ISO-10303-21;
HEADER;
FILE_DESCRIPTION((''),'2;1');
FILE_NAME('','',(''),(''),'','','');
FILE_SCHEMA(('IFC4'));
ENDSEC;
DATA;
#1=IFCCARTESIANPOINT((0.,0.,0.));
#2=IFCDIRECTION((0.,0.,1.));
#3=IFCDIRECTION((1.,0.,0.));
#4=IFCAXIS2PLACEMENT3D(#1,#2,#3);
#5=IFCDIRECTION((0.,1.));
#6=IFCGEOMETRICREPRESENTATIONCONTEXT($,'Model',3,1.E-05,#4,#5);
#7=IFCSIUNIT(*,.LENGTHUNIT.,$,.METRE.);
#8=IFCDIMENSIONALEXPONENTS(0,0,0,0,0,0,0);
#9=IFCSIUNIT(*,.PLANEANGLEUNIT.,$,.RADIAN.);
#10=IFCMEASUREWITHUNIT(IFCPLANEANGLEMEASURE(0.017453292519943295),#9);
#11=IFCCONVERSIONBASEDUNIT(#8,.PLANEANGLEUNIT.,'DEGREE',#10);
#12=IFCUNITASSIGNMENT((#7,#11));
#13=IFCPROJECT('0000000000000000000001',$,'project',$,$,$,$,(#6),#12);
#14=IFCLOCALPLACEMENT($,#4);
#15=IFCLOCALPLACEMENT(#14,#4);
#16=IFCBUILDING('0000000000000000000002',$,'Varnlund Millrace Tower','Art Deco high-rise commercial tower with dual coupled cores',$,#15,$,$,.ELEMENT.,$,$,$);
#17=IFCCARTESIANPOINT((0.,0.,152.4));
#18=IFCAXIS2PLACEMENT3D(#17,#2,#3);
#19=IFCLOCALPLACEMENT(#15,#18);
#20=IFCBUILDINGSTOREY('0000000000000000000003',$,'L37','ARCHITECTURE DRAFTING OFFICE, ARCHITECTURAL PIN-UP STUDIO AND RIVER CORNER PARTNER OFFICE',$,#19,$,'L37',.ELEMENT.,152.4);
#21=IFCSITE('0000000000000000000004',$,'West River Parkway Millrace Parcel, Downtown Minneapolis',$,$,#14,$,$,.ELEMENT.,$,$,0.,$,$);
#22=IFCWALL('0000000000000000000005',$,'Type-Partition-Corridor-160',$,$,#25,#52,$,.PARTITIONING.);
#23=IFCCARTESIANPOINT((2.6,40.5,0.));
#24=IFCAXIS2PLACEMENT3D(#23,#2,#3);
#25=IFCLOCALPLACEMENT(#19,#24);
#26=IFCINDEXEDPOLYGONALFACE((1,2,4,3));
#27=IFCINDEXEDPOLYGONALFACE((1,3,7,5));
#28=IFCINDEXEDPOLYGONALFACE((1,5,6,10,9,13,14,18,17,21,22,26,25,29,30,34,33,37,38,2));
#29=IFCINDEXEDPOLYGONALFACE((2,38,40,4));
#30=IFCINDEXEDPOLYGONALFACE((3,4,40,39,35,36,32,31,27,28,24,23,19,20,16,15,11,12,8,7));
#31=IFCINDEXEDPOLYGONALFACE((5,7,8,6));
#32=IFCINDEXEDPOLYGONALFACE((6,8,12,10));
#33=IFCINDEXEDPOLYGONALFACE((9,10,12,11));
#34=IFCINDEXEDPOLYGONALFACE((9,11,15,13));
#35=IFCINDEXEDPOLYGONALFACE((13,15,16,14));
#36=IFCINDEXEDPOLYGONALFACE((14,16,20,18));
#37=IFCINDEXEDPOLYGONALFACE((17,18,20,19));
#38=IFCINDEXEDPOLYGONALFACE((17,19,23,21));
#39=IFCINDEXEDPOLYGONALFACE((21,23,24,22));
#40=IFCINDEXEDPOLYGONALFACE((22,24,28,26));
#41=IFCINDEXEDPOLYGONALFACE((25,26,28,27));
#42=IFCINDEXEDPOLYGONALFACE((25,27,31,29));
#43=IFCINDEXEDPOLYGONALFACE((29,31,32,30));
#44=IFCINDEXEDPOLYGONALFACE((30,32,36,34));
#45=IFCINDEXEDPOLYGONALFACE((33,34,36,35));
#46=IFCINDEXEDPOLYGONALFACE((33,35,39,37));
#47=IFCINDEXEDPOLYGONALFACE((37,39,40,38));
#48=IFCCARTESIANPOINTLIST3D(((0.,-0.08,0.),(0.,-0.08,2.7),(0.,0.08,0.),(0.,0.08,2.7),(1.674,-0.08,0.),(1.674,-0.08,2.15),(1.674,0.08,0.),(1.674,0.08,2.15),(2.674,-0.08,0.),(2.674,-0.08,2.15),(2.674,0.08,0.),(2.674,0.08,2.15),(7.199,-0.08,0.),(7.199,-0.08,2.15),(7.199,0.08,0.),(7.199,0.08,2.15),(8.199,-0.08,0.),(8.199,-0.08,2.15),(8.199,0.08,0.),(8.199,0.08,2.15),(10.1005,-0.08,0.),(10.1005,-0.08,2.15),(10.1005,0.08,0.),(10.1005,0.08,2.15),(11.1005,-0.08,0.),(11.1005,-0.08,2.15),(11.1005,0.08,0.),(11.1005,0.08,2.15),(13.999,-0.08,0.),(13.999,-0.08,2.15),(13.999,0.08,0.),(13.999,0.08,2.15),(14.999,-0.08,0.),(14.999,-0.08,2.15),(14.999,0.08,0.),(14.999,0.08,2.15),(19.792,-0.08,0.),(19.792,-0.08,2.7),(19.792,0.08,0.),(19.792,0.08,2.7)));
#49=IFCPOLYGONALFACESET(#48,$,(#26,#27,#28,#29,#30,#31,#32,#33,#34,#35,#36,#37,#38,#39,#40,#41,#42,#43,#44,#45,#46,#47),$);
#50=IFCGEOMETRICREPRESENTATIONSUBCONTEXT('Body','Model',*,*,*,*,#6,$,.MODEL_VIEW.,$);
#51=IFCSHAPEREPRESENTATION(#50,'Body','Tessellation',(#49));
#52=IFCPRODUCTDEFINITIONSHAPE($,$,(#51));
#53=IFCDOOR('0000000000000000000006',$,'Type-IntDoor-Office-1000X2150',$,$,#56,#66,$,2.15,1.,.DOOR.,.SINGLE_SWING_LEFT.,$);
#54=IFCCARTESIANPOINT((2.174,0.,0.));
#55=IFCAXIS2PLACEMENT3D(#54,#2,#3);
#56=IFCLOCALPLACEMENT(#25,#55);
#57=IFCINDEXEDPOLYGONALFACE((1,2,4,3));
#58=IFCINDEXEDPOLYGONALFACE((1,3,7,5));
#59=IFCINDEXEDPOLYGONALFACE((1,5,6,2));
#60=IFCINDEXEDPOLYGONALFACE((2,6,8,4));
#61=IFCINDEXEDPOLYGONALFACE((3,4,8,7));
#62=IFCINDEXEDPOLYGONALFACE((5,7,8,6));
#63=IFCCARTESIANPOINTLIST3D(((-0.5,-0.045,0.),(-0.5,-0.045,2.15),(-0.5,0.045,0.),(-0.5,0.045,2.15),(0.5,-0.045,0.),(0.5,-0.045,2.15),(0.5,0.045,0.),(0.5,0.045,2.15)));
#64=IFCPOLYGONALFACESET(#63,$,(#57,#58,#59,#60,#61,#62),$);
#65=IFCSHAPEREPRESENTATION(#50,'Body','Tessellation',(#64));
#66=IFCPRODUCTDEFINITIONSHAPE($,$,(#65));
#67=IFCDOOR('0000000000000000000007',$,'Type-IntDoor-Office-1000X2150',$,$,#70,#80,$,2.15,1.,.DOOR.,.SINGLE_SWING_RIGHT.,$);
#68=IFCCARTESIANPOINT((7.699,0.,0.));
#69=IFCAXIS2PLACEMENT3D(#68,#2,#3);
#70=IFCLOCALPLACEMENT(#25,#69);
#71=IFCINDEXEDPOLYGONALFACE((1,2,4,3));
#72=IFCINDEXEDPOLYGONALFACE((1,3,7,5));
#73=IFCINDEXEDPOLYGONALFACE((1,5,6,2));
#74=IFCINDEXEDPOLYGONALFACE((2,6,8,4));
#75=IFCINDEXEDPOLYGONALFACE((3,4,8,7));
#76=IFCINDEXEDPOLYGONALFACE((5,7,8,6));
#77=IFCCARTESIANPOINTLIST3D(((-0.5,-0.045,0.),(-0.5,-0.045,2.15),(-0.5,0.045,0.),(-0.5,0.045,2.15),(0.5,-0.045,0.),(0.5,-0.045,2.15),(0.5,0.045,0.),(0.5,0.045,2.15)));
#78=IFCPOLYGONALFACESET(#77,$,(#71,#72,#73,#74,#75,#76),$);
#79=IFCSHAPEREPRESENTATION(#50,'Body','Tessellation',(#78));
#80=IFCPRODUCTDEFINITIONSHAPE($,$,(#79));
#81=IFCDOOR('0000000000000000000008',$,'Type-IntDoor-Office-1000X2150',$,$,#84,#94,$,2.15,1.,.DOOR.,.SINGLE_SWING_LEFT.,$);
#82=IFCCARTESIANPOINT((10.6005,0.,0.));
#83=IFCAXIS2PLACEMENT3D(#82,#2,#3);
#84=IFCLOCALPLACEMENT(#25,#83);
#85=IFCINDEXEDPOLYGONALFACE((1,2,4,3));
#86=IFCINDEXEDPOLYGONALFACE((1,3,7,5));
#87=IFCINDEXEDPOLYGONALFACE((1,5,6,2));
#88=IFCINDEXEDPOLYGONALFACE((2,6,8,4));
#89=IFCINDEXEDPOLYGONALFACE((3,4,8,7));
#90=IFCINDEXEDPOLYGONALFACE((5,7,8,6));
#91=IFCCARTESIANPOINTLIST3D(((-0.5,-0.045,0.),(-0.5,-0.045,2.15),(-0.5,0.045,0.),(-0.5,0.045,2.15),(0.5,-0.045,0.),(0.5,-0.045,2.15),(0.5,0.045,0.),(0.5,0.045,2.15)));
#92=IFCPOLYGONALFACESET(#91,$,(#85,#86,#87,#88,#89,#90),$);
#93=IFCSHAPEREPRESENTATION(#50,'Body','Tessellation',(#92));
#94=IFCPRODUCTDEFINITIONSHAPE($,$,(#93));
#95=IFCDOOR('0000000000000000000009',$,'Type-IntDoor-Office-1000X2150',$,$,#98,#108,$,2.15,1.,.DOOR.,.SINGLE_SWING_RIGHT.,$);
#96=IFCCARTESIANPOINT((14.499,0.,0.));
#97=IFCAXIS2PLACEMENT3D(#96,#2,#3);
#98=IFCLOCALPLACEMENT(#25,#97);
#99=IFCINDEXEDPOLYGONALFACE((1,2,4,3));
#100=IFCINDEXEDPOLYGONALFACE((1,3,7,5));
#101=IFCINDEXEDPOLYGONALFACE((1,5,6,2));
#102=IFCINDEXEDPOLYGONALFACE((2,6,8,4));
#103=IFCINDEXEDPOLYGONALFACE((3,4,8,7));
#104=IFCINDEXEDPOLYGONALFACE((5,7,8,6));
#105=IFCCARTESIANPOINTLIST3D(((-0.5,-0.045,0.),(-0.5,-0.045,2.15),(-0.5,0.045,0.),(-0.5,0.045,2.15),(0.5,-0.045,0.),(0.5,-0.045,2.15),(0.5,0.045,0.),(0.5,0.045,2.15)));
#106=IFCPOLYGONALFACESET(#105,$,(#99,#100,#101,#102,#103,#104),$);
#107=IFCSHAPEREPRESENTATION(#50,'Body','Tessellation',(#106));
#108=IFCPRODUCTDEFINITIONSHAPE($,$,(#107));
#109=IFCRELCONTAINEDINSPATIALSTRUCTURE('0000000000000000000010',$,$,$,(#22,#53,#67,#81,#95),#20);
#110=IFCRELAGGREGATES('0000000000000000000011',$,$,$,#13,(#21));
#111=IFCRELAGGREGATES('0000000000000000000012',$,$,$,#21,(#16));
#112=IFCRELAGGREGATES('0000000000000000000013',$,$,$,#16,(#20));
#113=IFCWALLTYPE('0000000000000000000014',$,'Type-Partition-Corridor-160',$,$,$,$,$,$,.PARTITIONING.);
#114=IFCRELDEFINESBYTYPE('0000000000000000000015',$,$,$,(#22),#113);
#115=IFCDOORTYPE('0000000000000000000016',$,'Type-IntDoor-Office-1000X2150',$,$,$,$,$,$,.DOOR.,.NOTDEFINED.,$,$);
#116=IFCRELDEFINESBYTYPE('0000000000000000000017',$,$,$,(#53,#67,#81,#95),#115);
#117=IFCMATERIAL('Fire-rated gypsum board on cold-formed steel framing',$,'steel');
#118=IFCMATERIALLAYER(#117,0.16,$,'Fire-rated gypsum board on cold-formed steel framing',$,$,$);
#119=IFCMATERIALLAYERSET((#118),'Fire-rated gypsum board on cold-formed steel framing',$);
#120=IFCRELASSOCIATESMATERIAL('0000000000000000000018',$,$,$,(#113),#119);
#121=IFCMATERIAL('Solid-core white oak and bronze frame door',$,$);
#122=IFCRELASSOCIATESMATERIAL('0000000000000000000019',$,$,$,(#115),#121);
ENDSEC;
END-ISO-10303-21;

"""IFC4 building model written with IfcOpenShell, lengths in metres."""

from ifc_helpers import new_model, entity, si_unit, converted_unit, direction, frame, origin_with_axes, origin_2d_with_axis, place, context, subcontext, project, spatial, polyline, rectangle, outline, extrude, material, layer, layer_set, type_object, element, fill, save


model = new_model("IFC4")

# Units and contexts
model_context = context("Model", 3, precision=1e-05, world=origin_with_axes(), true_north=direction((0.0, 1.0)))
body_context = subcontext(model_context, "Body", "Model", "MODEL_VIEW")
ifc_project = project(units=[si_unit("LENGTHUNIT", "METRE"), converted_unit("PLANEANGLEUNIT", "DEGREE", entity("IfcPlaneAngleMeasure", 0.017453292519943295), si_unit("PLANEANGLEUNIT", "RADIAN"), dimensions=[0, 0, 0, 0, 0, 0, 0])], contexts=[model_context])

# Site, building, storey
site_placement = place(None, origin_with_axes())
site = spatial("IfcSite", under=ifc_project, at=site_placement, Name="West River Parkway Millrace Parcel, Downtown Minneapolis", CompositionType="ELEMENT", RefElevation=0.0)
building_placement = place(site_placement, origin_with_axes())
building = spatial("IfcBuilding", under=site, at=building_placement, Name="Varnlund Millrace Tower", Description="Art Deco high-rise commercial tower with dual coupled cores", CompositionType="ELEMENT")
storey_placement = place(building_placement, frame((0.0, 0.0, 152.4), z_axis=(0.0, 0.0, 1.0), x_axis=(1.0, 0.0, 0.0)))
storey = spatial("IfcBuildingStorey", under=building, at=storey_placement, Name="L37", Description="ARCHITECTURE DRAFTING OFFICE, ARCHITECTURAL PIN-UP STUDIO AND RIVER CORNER PARTNER OFFICE", LongName="L37", CompositionType="ELEMENT", Elevation=152.4)

# Shared definitions
ifc_material_1 = material(Name="Fire-rated gypsum board on cold-formed steel framing", Category="steel")
ifc_layer_1 = layer(ifc_material_1, 0.16, Name="Fire-rated gypsum board on cold-formed steel framing")
ifc_layer_set_1 = layer_set([ifc_layer_1], Name="Fire-rated gypsum board on cold-formed steel framing")
wall_type_1 = type_object("IfcWallType", Name="Type-Partition-Corridor-160", PredefinedType="PARTITIONING", material=ifc_layer_set_1)

# Wall, openings, doors
wall_1_placement = place(storey_placement, frame((2.6, 40.5, 0.0), z_axis=(0.0, 0.0, 1.0), x_axis=(1.0, 0.0, 0.0)))
wall_1 = element("IfcWall", 1, at=wall_1_placement, inside=storey, type_object=wall_type_1, Name="Type-Partition-Corridor-160", PredefinedType="PARTITIONING", context=body_context, shape_type="SweptSolid", body=[
    extrude(outline(polyline([(0.0, -0.08), (19.792, -0.08), (19.792, 0.08), (0.0, 0.08), (0.0, -0.08)])), origin_with_axes(), (0.0, 0.0, 1.0), 2.7),
])
opening_1_placement = place(wall_1_placement, frame((2.174, 0.0, 0.0), z_axis=(0.0, 0.0, 1.0), x_axis=(1.0, 0.0, 0.0)))
opening_1 = element("IfcOpeningElement", 2, at=opening_1_placement, cuts=wall_1, PredefinedType="OPENING", context=body_context, shape_type="SweptSolid", body=[
    extrude(rectangle(XDim=1.0, YDim=0.18, at=origin_2d_with_axis()), origin_with_axes(), (0.0, 0.0, 1.0), 2.15),
])
opening_2_placement = place(wall_1_placement, frame((7.699, 0.0, 0.0), z_axis=(0.0, 0.0, 1.0), x_axis=(1.0, 0.0, 0.0)))
opening_2 = element("IfcOpeningElement", 3, at=opening_2_placement, cuts=wall_1, PredefinedType="OPENING", context=body_context, shape_type="SweptSolid", body=[
    extrude(rectangle(XDim=1.0, YDim=0.18, at=origin_2d_with_axis()), origin_with_axes(), (0.0, 0.0, 1.0), 2.15),
])
opening_3_placement = place(wall_1_placement, frame((10.6005, 0.0, 0.0), z_axis=(0.0, 0.0, 1.0), x_axis=(1.0, 0.0, 0.0)))
opening_3 = element("IfcOpeningElement", 4, at=opening_3_placement, cuts=wall_1, PredefinedType="OPENING", context=body_context, shape_type="SweptSolid", body=[
    extrude(rectangle(XDim=1.0, YDim=0.18, at=origin_2d_with_axis()), origin_with_axes(), (0.0, 0.0, 1.0), 2.15),
])
opening_4_placement = place(wall_1_placement, frame((14.499, 0.0, 0.0), z_axis=(0.0, 0.0, 1.0), x_axis=(1.0, 0.0, 0.0)))
opening_4 = element("IfcOpeningElement", 5, at=opening_4_placement, cuts=wall_1, PredefinedType="OPENING", context=body_context, shape_type="SweptSolid", body=[
    extrude(rectangle(XDim=1.0, YDim=0.18, at=origin_2d_with_axis()), origin_with_axes(), (0.0, 0.0, 1.0), 2.15),
])
ifc_material_2 = material(Name="Solid-core white oak and bronze frame door")
door_type_1 = type_object("IfcDoorType", Name="Type-IntDoor-Office-1000X2150", OperationType="NOTDEFINED", PredefinedType="DOOR", material=ifc_material_2)
door_1_placement = place(wall_1_placement, frame((2.174, 0.0, 0.0), z_axis=(0.0, 0.0, 1.0), x_axis=(1.0, 0.0, 0.0)))
door_1 = element("IfcDoor", 6, at=door_1_placement, inside=storey, type_object=door_type_1, Name="Type-IntDoor-Office-1000X2150", OperationType="SINGLE_SWING_LEFT", OverallHeight=2.15, OverallWidth=1.0, PredefinedType="DOOR", context=body_context, shape_type="SweptSolid", body=[
    extrude(rectangle(XDim=1.0, YDim=0.09, at=origin_2d_with_axis()), origin_with_axes(), (0.0, 0.0, 1.0), 2.15),
])
fill(opening_1, door_1)
door_2_placement = place(wall_1_placement, frame((7.699, 0.0, 0.0), z_axis=(0.0, 0.0, 1.0), x_axis=(1.0, 0.0, 0.0)))
door_2 = element("IfcDoor", 7, at=door_2_placement, inside=storey, type_object=door_type_1, Name="Type-IntDoor-Office-1000X2150", OperationType="SINGLE_SWING_RIGHT", OverallHeight=2.15, OverallWidth=1.0, PredefinedType="DOOR", context=body_context, shape_type="SweptSolid", body=[
    extrude(rectangle(XDim=1.0, YDim=0.09, at=origin_2d_with_axis()), origin_with_axes(), (0.0, 0.0, 1.0), 2.15),
])
fill(opening_2, door_2)
door_3_placement = place(wall_1_placement, frame((10.6005, 0.0, 0.0), z_axis=(0.0, 0.0, 1.0), x_axis=(1.0, 0.0, 0.0)))
door_3 = element("IfcDoor", 8, at=door_3_placement, inside=storey, type_object=door_type_1, Name="Type-IntDoor-Office-1000X2150", OperationType="SINGLE_SWING_LEFT", OverallHeight=2.15, OverallWidth=1.0, PredefinedType="DOOR", context=body_context, shape_type="SweptSolid", body=[
    extrude(rectangle(XDim=1.0, YDim=0.09, at=origin_2d_with_axis()), origin_with_axes(), (0.0, 0.0, 1.0), 2.15),
])
fill(opening_3, door_3)
door_4_placement = place(wall_1_placement, frame((14.499, 0.0, 0.0), z_axis=(0.0, 0.0, 1.0), x_axis=(1.0, 0.0, 0.0)))
door_4 = element("IfcDoor", 9, at=door_4_placement, inside=storey, type_object=door_type_1, Name="Type-IntDoor-Office-1000X2150", OperationType="SINGLE_SWING_RIGHT", OverallHeight=2.15, OverallWidth=1.0, PredefinedType="DOOR", context=body_context, shape_type="SweptSolid", body=[
    extrude(rectangle(XDim=1.0, YDim=0.09, at=origin_2d_with_axis()), origin_with_axes(), (0.0, 0.0, 1.0), 2.15),
])
fill(opening_4, door_4)

save(model, "model.ifc")
